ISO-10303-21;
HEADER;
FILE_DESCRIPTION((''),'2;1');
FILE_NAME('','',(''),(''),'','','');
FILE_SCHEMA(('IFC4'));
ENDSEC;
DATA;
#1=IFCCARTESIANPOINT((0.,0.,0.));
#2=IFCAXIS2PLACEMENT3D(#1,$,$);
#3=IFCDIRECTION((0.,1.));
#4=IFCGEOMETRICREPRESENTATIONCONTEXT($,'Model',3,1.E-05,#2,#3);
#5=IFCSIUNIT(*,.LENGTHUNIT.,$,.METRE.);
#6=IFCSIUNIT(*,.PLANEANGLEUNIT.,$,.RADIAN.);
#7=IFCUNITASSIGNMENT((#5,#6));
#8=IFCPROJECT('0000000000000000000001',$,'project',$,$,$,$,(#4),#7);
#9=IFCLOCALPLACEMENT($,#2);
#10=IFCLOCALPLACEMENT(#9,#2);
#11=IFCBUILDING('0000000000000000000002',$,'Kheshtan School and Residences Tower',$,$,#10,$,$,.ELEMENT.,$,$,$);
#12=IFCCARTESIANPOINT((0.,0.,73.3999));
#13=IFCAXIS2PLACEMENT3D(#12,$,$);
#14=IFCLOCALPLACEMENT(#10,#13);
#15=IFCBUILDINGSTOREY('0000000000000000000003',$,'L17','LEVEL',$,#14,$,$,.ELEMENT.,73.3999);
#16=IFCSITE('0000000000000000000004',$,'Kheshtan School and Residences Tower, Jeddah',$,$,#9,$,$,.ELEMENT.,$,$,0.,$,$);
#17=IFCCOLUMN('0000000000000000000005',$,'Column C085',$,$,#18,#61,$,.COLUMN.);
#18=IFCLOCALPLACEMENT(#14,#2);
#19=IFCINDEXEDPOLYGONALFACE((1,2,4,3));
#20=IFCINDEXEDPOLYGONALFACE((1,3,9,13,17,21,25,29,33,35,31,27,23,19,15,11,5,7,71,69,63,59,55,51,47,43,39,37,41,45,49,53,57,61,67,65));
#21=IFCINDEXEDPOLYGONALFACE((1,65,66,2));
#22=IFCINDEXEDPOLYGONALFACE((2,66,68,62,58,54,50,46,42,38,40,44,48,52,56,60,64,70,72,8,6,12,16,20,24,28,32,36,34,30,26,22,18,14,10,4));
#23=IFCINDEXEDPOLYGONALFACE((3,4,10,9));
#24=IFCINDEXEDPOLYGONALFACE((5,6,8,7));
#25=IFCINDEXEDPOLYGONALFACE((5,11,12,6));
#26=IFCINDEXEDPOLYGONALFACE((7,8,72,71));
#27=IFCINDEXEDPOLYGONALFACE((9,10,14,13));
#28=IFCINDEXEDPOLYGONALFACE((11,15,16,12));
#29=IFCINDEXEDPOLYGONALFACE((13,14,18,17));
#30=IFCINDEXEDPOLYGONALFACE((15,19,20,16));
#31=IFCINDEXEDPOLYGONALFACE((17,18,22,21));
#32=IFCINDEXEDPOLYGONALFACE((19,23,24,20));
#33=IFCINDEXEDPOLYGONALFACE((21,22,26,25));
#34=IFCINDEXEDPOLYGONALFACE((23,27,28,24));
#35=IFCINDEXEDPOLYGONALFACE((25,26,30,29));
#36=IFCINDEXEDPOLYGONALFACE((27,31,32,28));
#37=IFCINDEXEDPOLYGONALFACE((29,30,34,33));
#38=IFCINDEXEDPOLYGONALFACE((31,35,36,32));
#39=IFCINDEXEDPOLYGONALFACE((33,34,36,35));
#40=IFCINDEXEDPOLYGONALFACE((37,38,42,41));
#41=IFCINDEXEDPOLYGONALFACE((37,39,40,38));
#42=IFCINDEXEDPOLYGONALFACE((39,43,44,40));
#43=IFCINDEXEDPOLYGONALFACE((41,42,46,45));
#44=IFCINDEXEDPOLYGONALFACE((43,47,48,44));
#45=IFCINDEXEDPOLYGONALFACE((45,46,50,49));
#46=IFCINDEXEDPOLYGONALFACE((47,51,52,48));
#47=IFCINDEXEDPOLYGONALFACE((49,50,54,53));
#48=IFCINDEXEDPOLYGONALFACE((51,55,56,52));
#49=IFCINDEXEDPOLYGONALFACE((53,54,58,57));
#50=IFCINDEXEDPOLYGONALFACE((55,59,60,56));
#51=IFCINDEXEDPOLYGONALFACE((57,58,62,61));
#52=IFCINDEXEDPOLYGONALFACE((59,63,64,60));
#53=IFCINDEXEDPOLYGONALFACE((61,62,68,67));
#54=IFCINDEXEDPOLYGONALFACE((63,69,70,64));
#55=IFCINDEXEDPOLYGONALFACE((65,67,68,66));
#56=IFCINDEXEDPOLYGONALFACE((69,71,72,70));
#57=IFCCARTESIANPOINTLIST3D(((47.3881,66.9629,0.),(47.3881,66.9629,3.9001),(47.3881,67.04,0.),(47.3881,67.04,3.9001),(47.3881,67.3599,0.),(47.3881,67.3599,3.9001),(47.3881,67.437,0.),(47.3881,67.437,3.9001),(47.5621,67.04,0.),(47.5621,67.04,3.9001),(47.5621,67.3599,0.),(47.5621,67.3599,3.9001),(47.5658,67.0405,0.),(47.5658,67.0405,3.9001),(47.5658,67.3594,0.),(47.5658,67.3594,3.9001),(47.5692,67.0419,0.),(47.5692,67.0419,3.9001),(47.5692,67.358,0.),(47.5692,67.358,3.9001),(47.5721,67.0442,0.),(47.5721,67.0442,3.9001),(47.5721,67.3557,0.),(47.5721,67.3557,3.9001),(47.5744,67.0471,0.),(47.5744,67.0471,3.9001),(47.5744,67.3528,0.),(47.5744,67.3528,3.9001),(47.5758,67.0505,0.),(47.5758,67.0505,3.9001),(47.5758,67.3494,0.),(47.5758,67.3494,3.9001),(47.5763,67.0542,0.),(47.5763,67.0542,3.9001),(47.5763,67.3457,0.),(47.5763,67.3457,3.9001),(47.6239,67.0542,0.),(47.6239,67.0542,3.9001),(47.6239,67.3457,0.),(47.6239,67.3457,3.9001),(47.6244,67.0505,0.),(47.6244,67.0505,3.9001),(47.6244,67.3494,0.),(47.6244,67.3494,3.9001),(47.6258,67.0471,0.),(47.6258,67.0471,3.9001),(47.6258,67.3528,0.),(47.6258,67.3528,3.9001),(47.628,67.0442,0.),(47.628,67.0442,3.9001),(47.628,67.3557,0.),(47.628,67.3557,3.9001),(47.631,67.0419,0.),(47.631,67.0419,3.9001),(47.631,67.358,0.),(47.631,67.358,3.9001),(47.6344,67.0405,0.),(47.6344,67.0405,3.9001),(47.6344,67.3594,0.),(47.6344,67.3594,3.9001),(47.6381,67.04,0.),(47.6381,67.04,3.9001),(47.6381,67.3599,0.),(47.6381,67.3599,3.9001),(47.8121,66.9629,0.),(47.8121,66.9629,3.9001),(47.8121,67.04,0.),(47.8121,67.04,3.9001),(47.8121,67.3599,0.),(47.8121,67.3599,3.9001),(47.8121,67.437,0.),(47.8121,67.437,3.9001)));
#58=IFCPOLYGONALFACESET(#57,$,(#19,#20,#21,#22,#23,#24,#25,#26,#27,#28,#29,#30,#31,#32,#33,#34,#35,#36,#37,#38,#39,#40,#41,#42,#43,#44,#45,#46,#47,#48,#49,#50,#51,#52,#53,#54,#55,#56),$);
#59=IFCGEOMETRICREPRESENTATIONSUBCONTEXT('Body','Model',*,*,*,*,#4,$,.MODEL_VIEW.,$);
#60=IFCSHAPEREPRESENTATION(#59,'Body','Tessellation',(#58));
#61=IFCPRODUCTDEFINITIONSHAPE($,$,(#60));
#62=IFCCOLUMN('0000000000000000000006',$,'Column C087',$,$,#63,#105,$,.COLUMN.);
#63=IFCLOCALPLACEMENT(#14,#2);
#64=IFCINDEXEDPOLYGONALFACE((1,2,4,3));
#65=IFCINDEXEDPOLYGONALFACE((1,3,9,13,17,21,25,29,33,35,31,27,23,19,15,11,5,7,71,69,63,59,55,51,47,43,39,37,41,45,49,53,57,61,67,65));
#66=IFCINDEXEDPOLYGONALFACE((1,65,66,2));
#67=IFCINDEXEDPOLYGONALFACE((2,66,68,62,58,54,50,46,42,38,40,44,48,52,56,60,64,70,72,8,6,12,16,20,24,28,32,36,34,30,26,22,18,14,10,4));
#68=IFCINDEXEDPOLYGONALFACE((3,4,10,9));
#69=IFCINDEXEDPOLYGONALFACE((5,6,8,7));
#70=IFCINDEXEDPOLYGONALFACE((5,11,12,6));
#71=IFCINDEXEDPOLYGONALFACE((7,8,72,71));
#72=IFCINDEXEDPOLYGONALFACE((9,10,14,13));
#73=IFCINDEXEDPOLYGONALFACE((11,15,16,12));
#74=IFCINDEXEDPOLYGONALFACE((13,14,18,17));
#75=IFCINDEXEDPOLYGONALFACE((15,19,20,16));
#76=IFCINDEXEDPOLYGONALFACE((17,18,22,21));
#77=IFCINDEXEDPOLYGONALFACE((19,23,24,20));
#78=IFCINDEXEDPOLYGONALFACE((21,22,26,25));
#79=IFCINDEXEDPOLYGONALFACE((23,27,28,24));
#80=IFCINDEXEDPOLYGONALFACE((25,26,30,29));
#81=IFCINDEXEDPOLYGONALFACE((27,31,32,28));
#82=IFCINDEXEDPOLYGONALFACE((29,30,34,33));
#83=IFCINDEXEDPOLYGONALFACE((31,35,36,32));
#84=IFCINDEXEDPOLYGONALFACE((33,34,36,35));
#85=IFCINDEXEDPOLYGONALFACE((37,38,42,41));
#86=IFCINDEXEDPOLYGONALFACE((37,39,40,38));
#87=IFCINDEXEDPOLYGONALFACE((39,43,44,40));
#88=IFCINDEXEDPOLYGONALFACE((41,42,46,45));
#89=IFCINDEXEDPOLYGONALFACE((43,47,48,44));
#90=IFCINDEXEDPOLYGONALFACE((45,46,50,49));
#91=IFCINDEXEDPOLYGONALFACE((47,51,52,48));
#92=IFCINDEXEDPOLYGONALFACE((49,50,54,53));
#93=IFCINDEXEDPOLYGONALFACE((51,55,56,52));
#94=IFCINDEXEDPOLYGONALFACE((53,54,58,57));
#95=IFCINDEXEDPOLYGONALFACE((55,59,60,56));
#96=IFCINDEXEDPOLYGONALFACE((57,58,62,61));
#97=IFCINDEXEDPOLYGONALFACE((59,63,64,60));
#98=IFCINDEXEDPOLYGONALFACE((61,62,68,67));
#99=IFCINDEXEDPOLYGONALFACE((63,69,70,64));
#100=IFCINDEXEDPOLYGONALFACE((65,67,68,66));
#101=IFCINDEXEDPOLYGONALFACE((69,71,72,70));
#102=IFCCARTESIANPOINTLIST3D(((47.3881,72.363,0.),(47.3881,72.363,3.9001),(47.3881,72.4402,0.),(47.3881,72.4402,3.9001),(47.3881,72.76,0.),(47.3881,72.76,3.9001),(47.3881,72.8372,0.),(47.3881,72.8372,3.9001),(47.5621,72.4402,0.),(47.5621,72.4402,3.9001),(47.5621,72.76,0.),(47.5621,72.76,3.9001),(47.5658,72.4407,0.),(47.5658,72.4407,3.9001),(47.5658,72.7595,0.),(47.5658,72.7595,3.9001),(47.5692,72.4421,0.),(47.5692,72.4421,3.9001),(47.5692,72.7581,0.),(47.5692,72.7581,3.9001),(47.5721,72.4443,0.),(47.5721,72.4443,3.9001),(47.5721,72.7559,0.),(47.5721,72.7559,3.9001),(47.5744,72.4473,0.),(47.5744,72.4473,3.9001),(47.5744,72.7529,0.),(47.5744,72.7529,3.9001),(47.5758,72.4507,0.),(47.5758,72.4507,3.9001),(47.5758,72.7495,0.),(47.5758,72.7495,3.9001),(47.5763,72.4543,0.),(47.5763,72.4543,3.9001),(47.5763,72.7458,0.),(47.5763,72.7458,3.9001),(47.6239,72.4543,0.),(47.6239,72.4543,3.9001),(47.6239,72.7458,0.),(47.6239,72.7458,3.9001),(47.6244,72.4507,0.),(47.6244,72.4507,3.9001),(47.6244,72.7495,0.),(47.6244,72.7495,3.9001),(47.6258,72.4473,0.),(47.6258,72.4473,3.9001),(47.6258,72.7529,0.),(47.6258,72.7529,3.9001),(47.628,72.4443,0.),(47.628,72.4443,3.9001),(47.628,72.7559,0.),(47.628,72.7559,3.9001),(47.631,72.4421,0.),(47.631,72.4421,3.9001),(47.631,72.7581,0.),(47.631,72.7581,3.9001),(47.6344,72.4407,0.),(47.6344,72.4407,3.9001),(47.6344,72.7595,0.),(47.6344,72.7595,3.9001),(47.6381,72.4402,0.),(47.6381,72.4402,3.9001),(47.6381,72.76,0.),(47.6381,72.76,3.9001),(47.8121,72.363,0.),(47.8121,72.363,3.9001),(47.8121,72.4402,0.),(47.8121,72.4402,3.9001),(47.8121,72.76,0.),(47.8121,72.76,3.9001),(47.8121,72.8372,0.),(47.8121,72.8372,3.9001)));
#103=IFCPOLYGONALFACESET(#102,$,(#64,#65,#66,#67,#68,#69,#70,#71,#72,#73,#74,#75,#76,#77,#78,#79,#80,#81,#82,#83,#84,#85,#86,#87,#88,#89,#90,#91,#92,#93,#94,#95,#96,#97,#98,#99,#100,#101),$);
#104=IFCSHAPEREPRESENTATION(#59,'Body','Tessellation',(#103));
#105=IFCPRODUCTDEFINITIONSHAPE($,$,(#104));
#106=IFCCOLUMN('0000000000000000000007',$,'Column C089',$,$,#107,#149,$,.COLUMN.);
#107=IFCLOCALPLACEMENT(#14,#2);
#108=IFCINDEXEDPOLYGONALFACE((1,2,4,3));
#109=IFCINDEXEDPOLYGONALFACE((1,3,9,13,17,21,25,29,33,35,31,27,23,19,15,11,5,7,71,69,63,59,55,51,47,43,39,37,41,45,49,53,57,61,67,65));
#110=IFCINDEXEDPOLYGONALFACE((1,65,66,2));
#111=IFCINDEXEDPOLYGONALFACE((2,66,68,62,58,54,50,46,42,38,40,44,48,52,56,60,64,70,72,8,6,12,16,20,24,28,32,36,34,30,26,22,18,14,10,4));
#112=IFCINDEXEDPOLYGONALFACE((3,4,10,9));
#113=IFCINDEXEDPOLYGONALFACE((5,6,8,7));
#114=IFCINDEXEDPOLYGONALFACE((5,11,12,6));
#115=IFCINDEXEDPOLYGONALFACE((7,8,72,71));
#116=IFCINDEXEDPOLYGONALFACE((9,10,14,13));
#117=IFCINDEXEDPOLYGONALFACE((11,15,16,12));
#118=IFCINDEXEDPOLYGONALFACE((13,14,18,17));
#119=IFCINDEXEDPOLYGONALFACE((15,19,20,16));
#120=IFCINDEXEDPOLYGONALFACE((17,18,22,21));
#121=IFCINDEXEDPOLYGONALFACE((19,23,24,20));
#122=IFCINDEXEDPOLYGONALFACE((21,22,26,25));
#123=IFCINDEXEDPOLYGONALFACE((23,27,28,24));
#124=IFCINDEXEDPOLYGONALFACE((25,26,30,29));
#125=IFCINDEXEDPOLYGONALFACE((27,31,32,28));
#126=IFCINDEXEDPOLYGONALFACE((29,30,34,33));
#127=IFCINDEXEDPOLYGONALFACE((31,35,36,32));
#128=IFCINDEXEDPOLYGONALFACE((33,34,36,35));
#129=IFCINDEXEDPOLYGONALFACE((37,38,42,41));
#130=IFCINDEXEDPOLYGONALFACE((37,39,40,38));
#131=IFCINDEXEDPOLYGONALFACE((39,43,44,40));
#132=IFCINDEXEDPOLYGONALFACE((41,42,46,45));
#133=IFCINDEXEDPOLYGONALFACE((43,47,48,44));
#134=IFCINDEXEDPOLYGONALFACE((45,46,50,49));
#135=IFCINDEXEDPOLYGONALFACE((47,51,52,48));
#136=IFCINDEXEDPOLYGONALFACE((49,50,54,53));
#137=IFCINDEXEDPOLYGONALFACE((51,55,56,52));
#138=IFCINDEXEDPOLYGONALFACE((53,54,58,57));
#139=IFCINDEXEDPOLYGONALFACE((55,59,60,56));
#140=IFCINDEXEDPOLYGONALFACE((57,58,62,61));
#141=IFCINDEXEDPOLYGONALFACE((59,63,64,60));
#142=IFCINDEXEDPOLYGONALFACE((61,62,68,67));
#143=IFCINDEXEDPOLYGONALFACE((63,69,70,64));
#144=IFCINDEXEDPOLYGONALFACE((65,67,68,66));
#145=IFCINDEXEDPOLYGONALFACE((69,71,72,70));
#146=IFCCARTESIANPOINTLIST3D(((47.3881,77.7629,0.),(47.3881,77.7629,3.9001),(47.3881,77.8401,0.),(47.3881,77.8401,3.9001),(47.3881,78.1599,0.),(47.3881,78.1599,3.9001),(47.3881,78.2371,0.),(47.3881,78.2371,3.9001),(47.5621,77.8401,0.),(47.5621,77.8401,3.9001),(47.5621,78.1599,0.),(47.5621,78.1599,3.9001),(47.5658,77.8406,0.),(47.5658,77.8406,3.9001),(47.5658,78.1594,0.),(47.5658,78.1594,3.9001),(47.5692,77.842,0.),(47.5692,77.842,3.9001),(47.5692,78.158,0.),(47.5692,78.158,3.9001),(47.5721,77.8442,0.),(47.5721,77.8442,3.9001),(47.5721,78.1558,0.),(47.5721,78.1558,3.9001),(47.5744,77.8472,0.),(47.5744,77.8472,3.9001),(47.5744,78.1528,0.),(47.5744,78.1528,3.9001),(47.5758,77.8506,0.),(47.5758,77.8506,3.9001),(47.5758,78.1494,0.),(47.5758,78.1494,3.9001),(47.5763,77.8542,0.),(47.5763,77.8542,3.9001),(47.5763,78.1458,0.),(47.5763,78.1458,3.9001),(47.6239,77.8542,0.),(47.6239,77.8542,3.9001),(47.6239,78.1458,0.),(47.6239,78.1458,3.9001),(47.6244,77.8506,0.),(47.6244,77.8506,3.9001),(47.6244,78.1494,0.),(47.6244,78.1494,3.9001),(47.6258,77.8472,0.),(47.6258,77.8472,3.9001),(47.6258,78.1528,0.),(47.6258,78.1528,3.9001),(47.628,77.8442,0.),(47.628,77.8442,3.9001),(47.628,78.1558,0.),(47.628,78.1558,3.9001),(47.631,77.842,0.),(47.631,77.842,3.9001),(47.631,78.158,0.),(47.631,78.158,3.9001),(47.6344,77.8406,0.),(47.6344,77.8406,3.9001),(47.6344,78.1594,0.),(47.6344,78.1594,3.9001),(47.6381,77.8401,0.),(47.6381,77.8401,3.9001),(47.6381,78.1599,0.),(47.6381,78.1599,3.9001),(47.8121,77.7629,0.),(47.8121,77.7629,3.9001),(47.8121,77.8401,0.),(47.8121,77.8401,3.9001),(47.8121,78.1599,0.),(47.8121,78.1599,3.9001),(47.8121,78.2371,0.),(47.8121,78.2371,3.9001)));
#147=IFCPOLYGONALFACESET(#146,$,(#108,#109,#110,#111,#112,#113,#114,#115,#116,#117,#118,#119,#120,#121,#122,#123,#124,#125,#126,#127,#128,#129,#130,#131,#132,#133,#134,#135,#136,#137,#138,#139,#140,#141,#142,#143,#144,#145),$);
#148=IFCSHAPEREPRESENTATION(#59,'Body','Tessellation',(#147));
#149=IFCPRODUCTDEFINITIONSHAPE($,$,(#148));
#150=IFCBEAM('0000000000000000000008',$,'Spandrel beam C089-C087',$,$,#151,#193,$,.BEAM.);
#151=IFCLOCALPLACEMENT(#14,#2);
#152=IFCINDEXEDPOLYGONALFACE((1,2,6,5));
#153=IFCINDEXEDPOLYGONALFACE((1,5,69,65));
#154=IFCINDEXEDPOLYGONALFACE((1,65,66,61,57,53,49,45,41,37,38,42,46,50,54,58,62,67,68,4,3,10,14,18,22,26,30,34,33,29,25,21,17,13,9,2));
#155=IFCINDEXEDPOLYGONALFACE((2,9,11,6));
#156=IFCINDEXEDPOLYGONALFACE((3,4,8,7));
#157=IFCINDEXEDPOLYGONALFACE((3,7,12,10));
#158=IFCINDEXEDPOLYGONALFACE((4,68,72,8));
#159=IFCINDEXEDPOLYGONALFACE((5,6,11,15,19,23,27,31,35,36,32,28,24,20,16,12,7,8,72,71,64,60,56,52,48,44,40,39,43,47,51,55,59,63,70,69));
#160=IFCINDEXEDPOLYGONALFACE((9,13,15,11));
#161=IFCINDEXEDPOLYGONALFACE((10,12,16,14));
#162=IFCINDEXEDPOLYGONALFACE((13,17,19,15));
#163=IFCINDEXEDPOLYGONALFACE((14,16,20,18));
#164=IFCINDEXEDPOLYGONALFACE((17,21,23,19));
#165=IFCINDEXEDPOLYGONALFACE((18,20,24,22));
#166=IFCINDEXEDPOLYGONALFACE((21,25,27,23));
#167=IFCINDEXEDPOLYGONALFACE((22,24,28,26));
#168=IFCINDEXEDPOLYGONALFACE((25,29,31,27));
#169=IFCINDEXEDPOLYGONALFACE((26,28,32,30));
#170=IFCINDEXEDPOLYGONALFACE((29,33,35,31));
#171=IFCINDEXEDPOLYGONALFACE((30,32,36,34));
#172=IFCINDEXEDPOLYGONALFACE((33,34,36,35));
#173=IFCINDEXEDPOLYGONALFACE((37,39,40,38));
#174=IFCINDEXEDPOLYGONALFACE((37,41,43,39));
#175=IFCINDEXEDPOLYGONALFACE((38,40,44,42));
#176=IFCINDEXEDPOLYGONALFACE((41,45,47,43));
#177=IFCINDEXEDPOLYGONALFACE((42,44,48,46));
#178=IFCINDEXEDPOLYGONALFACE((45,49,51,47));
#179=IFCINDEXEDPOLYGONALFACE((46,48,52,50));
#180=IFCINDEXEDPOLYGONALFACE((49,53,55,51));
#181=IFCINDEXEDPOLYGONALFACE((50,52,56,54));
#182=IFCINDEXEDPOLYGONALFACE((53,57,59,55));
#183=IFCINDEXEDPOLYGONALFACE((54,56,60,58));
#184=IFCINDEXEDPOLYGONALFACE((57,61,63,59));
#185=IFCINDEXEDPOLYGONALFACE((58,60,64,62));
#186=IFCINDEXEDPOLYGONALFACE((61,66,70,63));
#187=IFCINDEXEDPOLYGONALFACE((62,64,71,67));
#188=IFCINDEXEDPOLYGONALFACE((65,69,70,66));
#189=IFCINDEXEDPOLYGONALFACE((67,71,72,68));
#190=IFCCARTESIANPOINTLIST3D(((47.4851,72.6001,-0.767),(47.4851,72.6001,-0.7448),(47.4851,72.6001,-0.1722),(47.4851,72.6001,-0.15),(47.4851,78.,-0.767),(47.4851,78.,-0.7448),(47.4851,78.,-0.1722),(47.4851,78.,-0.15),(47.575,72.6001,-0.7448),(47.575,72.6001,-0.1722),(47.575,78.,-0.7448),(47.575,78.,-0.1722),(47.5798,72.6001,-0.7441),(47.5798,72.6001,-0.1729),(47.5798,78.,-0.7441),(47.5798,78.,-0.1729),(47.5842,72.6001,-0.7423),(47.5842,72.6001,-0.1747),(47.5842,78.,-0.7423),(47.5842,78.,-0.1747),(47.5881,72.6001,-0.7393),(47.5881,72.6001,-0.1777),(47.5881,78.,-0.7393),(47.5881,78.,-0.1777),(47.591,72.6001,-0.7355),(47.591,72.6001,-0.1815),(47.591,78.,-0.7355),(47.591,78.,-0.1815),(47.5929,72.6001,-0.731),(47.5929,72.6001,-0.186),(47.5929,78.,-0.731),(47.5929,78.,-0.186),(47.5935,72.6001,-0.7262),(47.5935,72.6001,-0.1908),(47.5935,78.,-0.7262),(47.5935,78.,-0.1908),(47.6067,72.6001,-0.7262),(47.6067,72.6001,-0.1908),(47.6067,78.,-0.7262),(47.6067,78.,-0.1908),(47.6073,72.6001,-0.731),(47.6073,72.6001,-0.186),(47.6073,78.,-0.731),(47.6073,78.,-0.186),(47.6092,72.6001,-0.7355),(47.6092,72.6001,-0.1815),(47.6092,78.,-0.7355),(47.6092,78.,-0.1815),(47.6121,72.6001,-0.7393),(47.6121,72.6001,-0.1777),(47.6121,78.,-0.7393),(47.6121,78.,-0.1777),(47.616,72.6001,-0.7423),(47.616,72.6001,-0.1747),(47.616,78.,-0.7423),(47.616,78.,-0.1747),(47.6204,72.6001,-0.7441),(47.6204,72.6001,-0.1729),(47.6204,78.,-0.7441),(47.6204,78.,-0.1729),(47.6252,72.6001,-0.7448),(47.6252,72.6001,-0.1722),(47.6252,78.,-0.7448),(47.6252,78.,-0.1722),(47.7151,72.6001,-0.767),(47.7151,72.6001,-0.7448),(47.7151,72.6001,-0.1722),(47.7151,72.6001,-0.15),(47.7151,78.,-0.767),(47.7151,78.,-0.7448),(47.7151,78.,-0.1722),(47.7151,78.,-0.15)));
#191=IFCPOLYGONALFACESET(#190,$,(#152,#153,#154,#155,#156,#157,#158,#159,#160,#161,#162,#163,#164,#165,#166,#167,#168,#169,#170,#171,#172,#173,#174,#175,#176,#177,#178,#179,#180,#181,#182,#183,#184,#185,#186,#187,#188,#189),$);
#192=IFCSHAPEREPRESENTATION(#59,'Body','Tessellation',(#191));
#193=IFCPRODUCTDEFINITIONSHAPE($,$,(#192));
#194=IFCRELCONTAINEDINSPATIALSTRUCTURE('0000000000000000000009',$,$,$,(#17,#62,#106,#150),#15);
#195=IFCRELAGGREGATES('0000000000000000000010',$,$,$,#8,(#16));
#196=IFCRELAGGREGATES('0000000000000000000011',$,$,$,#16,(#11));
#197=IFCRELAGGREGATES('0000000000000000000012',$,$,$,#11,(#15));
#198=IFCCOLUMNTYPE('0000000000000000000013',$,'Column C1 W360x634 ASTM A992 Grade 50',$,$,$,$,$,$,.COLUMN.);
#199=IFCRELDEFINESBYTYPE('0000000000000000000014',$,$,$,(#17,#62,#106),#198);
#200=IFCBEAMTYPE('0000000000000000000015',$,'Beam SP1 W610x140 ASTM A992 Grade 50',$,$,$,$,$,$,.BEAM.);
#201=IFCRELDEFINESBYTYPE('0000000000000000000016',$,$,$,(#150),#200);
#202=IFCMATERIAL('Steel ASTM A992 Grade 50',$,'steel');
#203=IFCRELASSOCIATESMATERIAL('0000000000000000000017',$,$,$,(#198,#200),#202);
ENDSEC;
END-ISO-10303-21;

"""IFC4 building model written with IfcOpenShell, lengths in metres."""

from ifc_helpers import new_model, si_unit, direction, frame, origin, origin_2d, place, context, subcontext, project, spatial, i_section, extrude, material, material_profile, profile_set, type_object, element, save


model = new_model("IFC4")

# Units and contexts
model_context = context("Model", 3, precision=1e-05, world=origin(), true_north=direction((0.0, 1.0)))
body_context = subcontext(model_context, "Body", "Model", "MODEL_VIEW")
ifc_project = project(units=[si_unit("LENGTHUNIT", "METRE"), si_unit("PLANEANGLEUNIT", "RADIAN")], contexts=[model_context])

# Site, building, storey
site_placement = place(None, origin())
site = spatial("IfcSite", under=ifc_project, at=site_placement, Name="Kheshtan School and Residences Tower, Jeddah", CompositionType="ELEMENT", RefElevation=0.0)
building_placement = place(site_placement, origin())
building = spatial("IfcBuilding", under=site, at=building_placement, Name="Kheshtan School and Residences Tower", CompositionType="ELEMENT")
storey_placement = place(building_placement, frame((0.0, 0.0, 73.3999)))
storey = spatial("IfcBuildingStorey", under=building, at=storey_placement, Name="L17", Description="LEVEL", CompositionType="ELEMENT", Elevation=73.3999)

# Columns
ifc_material_1 = material(Name="Steel ASTM A992 Grade 50", Category="steel")
ifc_material_profile_1 = material_profile(ifc_material_1, i_section(OverallWidth=0.4241, OverallDepth=0.4741, WebThickness=0.0476, FlangeThickness=0.0771, FilletRadius=0.0142, at=origin_2d()), Name="W360x634")
ifc_profile_set_1 = profile_set([ifc_material_profile_1], Name="Steel ASTM A992 Grade 50")
column_type = type_object("IfcColumnType", Name="Column C1 W360x634 ASTM A992 Grade 50", PredefinedType="COLUMN", material=ifc_profile_set_1)
for number, where, z_axis, x_axis, name in (
    (1, (47.6001, 67.2, 0.0), (0.0, 0.0, 1.0), (1.0, 0.0, 0.0), "Column C085"),
    (2, (47.6001, 72.6001, 0.0), (0.0, 0.0, 1.0), (1.0, 0.0, 0.0), "Column C087"),
    (3, (47.6001, 78.0, 0.0), (0.0, 0.0, 1.0), (1.0, 0.0, 0.0), "Column C089"),
):
    element("IfcColumn", number, at=place(storey_placement, frame(where, z_axis=z_axis, x_axis=x_axis)), inside=storey, type_object=column_type, Name=name, PredefinedType="COLUMN", context=body_context, shape_type="SweptSolid", body=[
        extrude(i_section(OverallWidth=0.4241, OverallDepth=0.4741, WebThickness=0.0476, FlangeThickness=0.0771, FilletRadius=0.0142, at=origin_2d()), origin(), (0.0, 0.0, 1.0), 3.9001),
    ])

# Beam
ifc_material_profile_2 = material_profile(ifc_material_1, i_section(OverallWidth=0.23, OverallDepth=0.6169, WebThickness=0.0132, FlangeThickness=0.0222, FilletRadius=0.0186, at=origin_2d()), Name="W610x140")
ifc_profile_set_2 = profile_set([ifc_material_profile_2], Name="Steel ASTM A992 Grade 50")
beam_type = type_object("IfcBeamType", Name="Beam SP1 W610x140 ASTM A992 Grade 50", PredefinedType="BEAM", material=ifc_profile_set_2)
beam_1_placement = place(storey_placement, frame((47.6001, 78.0, -0.4585), z_axis=(0.0, -1.0, 0.0), x_axis=(1.0, 0.0, 0.0)))
element("IfcBeam", 4, at=beam_1_placement, inside=storey, type_object=beam_type, Name="Spandrel beam C089-C087", PredefinedType="BEAM", context=body_context, shape_type="SweptSolid", body=[
    extrude(i_section(OverallWidth=0.23, OverallDepth=0.6169, WebThickness=0.0132, FlangeThickness=0.0222, FilletRadius=0.0186, at=origin_2d()), origin(), (0.0, 0.0, 1.0), 5.3999),
])

save(model, "model.ifc")
